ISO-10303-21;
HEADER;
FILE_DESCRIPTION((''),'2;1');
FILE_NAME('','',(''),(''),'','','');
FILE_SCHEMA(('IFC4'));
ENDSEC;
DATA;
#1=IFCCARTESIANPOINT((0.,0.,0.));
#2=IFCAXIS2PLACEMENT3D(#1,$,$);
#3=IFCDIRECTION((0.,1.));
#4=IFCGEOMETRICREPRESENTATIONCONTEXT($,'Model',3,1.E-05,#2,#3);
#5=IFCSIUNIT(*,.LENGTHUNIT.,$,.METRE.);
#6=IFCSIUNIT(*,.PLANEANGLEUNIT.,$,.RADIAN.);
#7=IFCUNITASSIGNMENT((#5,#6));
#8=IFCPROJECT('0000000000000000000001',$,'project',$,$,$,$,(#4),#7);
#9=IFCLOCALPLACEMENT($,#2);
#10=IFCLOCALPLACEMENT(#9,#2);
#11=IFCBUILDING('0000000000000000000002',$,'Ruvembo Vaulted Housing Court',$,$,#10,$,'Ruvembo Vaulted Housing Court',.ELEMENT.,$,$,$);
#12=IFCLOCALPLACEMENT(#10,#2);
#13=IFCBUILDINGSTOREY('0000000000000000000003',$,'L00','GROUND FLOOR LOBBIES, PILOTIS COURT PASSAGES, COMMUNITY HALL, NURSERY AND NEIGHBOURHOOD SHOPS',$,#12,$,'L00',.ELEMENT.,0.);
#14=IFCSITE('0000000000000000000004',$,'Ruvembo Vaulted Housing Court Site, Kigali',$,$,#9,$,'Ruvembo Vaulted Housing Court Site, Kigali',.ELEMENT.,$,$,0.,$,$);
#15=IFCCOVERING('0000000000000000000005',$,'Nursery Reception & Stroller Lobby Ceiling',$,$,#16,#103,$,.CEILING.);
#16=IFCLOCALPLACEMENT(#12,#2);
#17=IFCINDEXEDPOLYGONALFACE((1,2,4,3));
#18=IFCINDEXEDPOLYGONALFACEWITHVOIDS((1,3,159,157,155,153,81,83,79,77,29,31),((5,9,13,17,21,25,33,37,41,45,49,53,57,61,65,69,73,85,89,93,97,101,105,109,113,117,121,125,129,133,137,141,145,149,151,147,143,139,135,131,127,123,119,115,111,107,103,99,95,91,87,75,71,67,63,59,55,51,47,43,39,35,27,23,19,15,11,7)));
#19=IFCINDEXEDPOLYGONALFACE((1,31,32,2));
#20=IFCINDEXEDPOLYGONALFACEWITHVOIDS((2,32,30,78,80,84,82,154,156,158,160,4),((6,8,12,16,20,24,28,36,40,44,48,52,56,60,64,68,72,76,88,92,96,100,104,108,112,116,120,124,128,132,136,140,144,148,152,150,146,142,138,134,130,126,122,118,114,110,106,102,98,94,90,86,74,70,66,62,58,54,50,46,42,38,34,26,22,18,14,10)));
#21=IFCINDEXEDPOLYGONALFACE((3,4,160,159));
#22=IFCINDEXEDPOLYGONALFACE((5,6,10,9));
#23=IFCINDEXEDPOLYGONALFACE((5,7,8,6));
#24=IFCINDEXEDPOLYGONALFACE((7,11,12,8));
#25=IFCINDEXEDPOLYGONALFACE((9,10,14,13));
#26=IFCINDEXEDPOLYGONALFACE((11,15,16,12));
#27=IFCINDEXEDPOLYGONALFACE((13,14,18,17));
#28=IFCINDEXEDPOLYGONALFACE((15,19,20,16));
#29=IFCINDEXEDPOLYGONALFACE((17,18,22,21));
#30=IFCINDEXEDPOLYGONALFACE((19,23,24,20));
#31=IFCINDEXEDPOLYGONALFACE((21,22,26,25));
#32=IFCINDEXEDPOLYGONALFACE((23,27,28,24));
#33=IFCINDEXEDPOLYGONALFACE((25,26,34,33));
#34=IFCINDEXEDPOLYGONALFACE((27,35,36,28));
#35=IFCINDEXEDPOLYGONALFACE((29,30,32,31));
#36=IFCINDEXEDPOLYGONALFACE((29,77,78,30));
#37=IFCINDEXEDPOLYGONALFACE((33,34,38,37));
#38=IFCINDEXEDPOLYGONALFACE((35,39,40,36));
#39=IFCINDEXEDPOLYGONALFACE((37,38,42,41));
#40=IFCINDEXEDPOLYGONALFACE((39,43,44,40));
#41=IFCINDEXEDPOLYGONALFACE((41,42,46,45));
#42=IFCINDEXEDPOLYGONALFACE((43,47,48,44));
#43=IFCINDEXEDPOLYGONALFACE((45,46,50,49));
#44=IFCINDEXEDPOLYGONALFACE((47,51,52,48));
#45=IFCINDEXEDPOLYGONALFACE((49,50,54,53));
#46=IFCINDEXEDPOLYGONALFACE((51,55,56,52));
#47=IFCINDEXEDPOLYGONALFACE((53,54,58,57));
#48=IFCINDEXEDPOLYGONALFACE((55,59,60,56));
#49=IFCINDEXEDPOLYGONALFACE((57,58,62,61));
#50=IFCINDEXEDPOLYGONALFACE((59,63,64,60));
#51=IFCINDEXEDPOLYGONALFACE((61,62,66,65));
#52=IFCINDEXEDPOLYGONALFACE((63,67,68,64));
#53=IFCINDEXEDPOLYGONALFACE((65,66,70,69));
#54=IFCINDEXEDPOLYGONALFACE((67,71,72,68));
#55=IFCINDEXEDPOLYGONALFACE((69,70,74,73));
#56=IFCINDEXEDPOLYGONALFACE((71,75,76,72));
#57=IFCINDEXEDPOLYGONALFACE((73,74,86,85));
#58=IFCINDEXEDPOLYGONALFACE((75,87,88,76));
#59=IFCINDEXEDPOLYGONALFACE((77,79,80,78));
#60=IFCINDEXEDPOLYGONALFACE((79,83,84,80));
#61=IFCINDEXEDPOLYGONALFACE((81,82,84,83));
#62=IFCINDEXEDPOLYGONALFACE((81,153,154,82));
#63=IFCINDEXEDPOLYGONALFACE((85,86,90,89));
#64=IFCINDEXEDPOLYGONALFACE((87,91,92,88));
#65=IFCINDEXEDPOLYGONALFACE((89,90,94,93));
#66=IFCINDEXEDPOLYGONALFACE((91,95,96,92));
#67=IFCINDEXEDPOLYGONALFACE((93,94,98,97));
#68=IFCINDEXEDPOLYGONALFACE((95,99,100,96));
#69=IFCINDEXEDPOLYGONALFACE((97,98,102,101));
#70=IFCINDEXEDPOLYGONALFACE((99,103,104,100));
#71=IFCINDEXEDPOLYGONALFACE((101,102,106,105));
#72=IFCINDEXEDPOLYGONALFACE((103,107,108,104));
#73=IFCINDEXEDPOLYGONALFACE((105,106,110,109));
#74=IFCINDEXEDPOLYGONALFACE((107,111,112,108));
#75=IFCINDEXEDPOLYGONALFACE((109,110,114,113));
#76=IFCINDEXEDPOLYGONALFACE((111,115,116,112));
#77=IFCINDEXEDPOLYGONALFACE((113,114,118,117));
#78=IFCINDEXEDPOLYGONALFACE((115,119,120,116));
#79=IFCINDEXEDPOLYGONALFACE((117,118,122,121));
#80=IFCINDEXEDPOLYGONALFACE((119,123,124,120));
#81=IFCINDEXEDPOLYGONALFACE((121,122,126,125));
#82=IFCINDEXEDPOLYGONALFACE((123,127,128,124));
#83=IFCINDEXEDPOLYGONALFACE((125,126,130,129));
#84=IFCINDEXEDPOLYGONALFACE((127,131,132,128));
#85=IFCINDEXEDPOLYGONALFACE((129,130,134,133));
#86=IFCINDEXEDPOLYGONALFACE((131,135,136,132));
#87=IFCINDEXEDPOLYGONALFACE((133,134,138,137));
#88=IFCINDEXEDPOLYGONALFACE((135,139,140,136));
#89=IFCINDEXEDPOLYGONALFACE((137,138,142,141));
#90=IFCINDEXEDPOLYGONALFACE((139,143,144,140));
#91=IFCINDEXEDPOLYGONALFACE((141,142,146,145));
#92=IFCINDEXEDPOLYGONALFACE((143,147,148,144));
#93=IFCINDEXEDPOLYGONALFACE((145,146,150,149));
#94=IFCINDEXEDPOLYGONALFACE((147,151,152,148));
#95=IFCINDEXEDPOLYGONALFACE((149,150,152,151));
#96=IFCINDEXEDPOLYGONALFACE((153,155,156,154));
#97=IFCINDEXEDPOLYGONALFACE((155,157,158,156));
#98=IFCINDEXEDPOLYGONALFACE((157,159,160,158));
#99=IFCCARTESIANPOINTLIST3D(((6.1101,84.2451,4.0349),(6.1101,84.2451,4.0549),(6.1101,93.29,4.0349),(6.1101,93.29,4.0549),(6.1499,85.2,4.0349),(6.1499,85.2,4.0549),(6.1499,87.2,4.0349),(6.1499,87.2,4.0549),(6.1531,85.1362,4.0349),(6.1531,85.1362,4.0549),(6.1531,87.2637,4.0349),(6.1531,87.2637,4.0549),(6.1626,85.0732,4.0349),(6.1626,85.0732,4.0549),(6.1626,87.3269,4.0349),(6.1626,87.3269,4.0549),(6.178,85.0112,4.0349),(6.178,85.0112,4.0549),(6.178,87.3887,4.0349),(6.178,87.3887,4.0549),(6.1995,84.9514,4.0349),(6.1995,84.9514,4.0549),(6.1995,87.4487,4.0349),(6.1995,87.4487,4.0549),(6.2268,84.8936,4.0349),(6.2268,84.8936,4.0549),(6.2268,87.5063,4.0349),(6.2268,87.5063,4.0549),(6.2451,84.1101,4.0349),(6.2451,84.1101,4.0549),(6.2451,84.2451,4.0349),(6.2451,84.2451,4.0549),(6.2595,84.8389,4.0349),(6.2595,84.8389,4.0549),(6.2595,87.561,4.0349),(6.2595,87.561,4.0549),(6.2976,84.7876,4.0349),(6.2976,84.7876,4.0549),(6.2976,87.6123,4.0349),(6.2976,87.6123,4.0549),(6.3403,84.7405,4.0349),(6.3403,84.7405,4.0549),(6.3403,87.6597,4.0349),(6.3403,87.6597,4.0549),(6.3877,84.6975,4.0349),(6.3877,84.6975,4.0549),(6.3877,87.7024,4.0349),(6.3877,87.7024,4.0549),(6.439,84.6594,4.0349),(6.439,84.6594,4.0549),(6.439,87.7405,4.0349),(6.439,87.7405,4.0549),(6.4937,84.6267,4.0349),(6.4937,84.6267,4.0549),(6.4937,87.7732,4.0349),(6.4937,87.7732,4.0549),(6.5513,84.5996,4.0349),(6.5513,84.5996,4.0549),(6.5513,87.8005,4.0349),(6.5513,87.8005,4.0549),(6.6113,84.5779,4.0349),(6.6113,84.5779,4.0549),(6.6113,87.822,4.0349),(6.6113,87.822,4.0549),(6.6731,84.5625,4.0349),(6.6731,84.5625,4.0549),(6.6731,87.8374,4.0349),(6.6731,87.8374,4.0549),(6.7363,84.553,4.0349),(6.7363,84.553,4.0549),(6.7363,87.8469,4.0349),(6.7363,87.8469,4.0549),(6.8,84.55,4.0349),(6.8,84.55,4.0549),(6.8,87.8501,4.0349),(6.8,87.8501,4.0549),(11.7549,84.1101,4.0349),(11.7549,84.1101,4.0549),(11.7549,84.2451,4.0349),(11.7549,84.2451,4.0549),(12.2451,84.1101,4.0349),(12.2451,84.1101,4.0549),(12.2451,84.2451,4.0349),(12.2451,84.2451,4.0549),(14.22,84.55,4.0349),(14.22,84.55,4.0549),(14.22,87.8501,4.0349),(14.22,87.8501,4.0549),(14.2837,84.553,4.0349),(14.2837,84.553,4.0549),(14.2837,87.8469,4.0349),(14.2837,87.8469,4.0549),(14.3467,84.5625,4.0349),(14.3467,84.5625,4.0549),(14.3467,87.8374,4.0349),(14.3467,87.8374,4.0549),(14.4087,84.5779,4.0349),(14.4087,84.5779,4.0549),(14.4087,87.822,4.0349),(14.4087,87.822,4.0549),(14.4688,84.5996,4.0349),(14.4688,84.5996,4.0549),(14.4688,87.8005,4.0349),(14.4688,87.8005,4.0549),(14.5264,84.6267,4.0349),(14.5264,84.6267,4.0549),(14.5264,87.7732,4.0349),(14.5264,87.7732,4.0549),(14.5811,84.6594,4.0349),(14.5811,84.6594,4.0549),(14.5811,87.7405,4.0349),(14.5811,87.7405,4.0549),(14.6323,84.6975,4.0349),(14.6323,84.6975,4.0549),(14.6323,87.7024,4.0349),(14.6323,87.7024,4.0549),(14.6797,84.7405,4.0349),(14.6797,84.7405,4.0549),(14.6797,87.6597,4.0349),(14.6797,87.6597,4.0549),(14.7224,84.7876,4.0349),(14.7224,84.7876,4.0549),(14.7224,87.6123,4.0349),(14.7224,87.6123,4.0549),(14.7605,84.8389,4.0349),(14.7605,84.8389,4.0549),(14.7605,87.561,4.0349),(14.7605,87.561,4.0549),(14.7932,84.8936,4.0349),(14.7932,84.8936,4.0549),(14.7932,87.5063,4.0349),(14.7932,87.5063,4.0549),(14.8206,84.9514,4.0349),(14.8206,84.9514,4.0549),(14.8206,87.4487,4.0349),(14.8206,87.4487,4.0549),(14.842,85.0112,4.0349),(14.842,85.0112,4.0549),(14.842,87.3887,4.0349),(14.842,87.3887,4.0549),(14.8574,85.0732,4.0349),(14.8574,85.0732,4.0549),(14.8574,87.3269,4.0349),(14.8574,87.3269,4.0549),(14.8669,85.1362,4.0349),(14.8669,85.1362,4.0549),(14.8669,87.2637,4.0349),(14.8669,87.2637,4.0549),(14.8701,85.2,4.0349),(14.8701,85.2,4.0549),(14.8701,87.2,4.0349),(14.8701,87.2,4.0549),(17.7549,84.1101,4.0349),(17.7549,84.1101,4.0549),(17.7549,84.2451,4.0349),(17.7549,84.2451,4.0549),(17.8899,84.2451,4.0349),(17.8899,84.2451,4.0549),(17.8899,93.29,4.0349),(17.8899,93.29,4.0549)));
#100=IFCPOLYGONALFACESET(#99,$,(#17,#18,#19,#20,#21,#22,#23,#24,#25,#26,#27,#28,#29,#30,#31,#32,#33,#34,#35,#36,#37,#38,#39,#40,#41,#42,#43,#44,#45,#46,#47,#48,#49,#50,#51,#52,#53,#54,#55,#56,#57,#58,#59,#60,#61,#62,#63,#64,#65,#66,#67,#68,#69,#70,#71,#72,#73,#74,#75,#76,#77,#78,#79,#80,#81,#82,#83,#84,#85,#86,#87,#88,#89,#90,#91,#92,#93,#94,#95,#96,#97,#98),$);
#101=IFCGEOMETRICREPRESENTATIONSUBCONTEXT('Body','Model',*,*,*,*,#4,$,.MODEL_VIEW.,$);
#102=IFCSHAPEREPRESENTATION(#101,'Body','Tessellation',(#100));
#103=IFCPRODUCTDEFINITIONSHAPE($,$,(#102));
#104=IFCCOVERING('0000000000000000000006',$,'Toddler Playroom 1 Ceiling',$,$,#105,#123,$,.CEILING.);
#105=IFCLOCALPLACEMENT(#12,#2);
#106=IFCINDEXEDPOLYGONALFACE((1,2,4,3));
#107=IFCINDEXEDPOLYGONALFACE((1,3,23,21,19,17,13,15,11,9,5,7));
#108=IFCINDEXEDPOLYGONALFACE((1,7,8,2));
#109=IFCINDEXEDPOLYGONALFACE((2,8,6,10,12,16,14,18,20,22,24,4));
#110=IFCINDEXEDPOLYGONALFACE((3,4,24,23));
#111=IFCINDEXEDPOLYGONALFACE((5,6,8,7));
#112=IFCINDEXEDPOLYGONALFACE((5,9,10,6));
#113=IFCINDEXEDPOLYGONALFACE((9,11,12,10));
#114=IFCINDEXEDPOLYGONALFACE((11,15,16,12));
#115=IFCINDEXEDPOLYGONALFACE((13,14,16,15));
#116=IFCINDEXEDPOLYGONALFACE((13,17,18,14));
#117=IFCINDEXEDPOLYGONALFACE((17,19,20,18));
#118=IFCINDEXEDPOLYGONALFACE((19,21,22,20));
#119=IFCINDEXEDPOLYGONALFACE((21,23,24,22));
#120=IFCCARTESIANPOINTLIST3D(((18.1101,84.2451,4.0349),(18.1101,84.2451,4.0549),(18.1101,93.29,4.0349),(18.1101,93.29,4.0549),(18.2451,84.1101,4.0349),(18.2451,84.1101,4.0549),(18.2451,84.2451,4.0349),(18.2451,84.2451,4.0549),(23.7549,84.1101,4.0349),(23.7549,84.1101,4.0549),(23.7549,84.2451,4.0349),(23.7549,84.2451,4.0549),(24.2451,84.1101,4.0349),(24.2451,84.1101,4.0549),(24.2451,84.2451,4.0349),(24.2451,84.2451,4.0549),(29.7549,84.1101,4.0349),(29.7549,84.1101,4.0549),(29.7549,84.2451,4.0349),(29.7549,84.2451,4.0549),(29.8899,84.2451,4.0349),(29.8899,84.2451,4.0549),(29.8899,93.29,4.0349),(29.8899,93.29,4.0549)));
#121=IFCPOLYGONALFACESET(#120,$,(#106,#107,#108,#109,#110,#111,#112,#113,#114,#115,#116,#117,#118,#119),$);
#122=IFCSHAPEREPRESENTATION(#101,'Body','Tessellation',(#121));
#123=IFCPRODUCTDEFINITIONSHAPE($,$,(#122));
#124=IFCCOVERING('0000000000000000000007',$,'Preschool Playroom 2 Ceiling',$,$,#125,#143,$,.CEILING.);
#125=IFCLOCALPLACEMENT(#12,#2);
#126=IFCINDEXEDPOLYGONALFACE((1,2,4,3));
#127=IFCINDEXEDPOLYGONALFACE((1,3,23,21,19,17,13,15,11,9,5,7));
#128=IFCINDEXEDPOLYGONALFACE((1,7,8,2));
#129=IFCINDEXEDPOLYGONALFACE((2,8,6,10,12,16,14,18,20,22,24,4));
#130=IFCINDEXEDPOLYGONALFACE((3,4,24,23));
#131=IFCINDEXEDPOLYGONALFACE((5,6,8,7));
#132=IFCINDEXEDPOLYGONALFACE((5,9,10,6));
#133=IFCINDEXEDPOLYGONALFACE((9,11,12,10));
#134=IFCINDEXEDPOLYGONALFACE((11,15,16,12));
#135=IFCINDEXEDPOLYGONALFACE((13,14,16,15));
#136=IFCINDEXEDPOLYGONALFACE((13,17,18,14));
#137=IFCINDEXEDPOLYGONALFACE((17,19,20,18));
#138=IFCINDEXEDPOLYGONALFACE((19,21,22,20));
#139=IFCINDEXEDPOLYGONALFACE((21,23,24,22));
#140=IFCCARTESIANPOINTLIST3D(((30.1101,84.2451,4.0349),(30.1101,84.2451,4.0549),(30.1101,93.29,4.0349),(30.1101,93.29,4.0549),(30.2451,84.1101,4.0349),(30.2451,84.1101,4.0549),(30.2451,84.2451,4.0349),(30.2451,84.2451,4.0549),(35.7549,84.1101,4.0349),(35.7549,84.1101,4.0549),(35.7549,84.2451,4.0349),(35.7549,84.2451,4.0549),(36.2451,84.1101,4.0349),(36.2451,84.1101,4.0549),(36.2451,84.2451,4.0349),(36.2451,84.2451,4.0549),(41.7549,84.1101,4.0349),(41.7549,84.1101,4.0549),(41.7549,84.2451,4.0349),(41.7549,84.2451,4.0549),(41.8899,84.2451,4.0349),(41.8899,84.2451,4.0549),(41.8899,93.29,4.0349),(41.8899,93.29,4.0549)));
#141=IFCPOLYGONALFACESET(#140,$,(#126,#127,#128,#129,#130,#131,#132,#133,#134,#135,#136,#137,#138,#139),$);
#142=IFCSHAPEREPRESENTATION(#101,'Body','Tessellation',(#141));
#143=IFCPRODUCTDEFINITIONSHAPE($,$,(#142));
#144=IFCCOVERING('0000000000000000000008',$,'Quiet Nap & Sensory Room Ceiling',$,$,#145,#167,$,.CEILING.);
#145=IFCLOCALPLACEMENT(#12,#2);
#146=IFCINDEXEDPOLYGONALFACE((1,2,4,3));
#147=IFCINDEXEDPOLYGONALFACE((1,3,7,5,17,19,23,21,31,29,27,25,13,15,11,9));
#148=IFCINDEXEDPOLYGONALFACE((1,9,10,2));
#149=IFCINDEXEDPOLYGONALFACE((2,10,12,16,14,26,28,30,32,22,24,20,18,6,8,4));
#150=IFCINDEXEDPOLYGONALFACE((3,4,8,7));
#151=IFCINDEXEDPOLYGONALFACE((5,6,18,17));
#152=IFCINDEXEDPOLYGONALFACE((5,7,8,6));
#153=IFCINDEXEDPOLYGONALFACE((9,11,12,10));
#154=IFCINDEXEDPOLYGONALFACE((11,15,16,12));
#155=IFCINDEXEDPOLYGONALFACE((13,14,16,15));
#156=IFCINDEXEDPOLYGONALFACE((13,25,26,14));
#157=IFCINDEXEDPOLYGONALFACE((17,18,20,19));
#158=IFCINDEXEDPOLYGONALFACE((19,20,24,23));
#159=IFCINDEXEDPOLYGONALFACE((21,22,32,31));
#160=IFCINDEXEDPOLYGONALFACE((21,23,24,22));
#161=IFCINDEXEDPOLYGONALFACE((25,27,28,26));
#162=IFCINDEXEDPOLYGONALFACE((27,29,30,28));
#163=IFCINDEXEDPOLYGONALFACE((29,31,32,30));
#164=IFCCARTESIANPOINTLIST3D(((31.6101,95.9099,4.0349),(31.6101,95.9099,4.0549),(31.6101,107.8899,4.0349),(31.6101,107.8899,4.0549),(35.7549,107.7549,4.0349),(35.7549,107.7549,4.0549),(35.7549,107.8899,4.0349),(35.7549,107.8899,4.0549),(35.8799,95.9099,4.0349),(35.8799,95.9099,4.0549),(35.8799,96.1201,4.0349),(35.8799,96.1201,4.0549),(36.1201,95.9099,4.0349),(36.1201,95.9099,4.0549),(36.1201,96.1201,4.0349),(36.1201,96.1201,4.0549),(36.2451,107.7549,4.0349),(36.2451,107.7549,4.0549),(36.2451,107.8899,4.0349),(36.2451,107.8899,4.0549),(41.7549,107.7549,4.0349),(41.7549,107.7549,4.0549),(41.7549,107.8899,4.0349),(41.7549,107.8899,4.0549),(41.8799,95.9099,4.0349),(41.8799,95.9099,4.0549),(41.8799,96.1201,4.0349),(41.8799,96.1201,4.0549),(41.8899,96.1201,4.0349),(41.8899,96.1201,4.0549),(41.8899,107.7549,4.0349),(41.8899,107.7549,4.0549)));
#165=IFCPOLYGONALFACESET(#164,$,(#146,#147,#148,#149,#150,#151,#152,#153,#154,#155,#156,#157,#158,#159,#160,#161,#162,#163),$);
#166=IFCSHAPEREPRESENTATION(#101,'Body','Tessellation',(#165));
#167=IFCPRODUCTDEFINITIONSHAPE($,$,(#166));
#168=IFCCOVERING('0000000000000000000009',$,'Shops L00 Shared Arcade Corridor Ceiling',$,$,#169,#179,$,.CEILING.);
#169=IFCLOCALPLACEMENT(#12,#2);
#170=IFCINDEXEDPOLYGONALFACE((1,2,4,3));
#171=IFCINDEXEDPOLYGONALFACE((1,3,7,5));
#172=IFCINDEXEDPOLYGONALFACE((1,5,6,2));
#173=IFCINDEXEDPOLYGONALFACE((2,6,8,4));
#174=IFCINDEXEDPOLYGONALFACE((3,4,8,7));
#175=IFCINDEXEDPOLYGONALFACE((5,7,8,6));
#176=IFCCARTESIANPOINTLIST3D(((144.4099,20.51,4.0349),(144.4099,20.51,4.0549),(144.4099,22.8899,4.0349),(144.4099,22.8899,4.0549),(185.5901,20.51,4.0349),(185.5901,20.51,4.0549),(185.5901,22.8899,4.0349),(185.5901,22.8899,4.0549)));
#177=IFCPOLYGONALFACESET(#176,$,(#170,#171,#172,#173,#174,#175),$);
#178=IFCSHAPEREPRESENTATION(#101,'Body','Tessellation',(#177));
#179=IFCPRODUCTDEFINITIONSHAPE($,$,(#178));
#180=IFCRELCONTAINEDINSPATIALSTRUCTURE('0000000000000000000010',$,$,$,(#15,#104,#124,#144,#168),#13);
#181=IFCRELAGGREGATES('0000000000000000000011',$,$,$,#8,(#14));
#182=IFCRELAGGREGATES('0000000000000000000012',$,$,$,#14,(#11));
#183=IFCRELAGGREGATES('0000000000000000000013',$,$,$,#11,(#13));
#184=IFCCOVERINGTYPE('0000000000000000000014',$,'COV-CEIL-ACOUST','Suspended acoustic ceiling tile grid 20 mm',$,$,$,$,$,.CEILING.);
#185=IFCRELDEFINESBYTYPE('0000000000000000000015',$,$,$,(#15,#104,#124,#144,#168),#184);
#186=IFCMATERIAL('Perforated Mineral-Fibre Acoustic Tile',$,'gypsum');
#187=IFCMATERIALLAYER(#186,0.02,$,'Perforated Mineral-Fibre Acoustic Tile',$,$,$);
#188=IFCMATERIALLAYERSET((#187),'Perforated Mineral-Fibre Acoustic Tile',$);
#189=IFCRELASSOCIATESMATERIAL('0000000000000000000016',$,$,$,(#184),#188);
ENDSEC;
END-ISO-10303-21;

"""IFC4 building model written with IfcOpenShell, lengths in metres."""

from ifc_helpers import new_model, si_unit, direction, frame, origin, place, context, subcontext, project, spatial, polyline, outline, extrude, material, layer, layer_set, type_object, element, save


model = new_model("IFC4")

# Units and contexts
model_context = context("Model", 3, precision=1e-05, world=origin(), true_north=direction((0.0, 1.0)))
body_context = subcontext(model_context, "Body", "Model", "MODEL_VIEW")
ifc_project = project(units=[si_unit("LENGTHUNIT", "METRE"), si_unit("PLANEANGLEUNIT", "RADIAN")], contexts=[model_context])

# Site, building, storey
site_placement = place(None, origin())
site = spatial("IfcSite", under=ifc_project, at=site_placement, Name="Ruvembo Vaulted Housing Court Site, Kigali", LongName="Ruvembo Vaulted Housing Court Site, Kigali", CompositionType="ELEMENT", RefElevation=0.0)
building_placement = place(site_placement, origin())
building = spatial("IfcBuilding", under=site, at=building_placement, Name="Ruvembo Vaulted Housing Court", LongName="Ruvembo Vaulted Housing Court", CompositionType="ELEMENT")
storey_placement = place(building_placement, origin())
storey = spatial("IfcBuildingStorey", under=building, at=storey_placement, Name="L00", Description="GROUND FLOOR LOBBIES, PILOTIS COURT PASSAGES, COMMUNITY HALL, NURSERY AND NEIGHBOURHOOD SHOPS", LongName="L00", CompositionType="ELEMENT", Elevation=0.0)

# Coverings
ifc_material_1 = material(Name="Perforated Mineral-Fibre Acoustic Tile", Category="gypsum")
ifc_layer_1 = layer(ifc_material_1, 0.02, Name="Perforated Mineral-Fibre Acoustic Tile")
ifc_layer_set_1 = layer_set([ifc_layer_1], Name="Perforated Mineral-Fibre Acoustic Tile")
covering_type_1 = type_object("IfcCoveringType", Name="COV-CEIL-ACOUST", Description="Suspended acoustic ceiling tile grid 20 mm", PredefinedType="CEILING", material=ifc_layer_set_1)
covering_1_placement = place(storey_placement, frame((0.0, 0.0, 4.0349)))
element("IfcCovering", 1, at=covering_1_placement, inside=storey, type_object=covering_type_1, Name="Nursery Reception & Stroller Lobby Ceiling", PredefinedType="CEILING", context=body_context, shape_type="SweptSolid", body=[
    extrude(outline(polyline([(17.8899, 84.2451), (17.8899, 93.29), (6.1101, 93.29), (6.1101, 84.2451), (6.2451, 84.2451), (6.2451, 84.1101), (11.7549, 84.1101), (11.7549, 84.2451), (12.2451, 84.2451), (12.2451, 84.1101), (17.7549, 84.1101), (17.7549, 84.2451), (17.8899, 84.2451)]), holes=[polyline([(14.3467, 84.5625), (14.4087, 84.5779), (14.4688, 84.5996), (14.5264, 84.6267), (14.5811, 84.6594), (14.6323, 84.6975), (14.6797, 84.7405), (14.7224, 84.7876), (14.7605, 84.8389), (14.7932, 84.8936), (14.8206, 84.9514), (14.842, 85.0112), (14.8574, 85.0732), (14.8669, 85.1362), (14.8701, 85.2), (14.8701, 87.2), (14.8669, 87.2637), (14.8574, 87.3269), (14.842, 87.3887), (14.8206, 87.4487), (14.7932, 87.5063), (14.7605, 87.561), (14.7224, 87.6123), (14.6797, 87.6597), (14.6323, 87.7024), (14.5811, 87.7405), (14.5264, 87.7732), (14.4688, 87.8005), (14.4087, 87.822), (14.3467, 87.8374), (14.2837, 87.8469), (14.22, 87.8501), (6.8, 87.8501), (6.7363, 87.8469), (6.6731, 87.8374), (6.6113, 87.822), (6.5513, 87.8005), (6.4937, 87.7732), (6.439, 87.7405), (6.3877, 87.7024), (6.3403, 87.6597), (6.2976, 87.6123), (6.2595, 87.561), (6.2268, 87.5063), (6.1995, 87.4487), (6.178, 87.3887), (6.1626, 87.3269), (6.1531, 87.2637), (6.1499, 87.2), (6.1499, 85.2), (6.1531, 85.1362), (6.1626, 85.0732), (6.178, 85.0112), (6.1995, 84.9514), (6.2268, 84.8936), (6.2595, 84.8389), (6.2976, 84.7876), (6.3403, 84.7405), (6.3877, 84.6975), (6.439, 84.6594), (6.4937, 84.6267), (6.5513, 84.5996), (6.6113, 84.5779), (6.6731, 84.5625), (6.7363, 84.553), (6.8, 84.55), (14.22, 84.55), (14.2837, 84.553), (14.3467, 84.5625)])]), origin(), (0.0, 0.0, 1.0), 0.02),
])
covering_2_placement = place(storey_placement, frame((0.0, 0.0, 4.0349)))
element("IfcCovering", 2, at=covering_2_placement, inside=storey, type_object=covering_type_1, Name="Toddler Playroom 1 Ceiling", PredefinedType="CEILING", context=body_context, shape_type="SweptSolid", body=[
    extrude(outline(polyline([(29.8899, 84.2451), (29.8899, 93.29), (18.1101, 93.29), (18.1101, 84.2451), (18.2451, 84.2451), (18.2451, 84.1101), (23.7549, 84.1101), (23.7549, 84.2451), (24.2451, 84.2451), (24.2451, 84.1101), (29.7549, 84.1101), (29.7549, 84.2451), (29.8899, 84.2451)])), origin(), (0.0, 0.0, 1.0), 0.02),
])
covering_3_placement = place(storey_placement, frame((0.0, 0.0, 4.0349)))
element("IfcCovering", 3, at=covering_3_placement, inside=storey, type_object=covering_type_1, Name="Preschool Playroom 2 Ceiling", PredefinedType="CEILING", context=body_context, shape_type="SweptSolid", body=[
    extrude(outline(polyline([(41.8899, 84.2451), (41.8899, 93.29), (30.1101, 93.29), (30.1101, 84.2451), (30.2451, 84.2451), (30.2451, 84.1101), (35.7549, 84.1101), (35.7549, 84.2451), (36.2451, 84.2451), (36.2451, 84.1101), (41.7549, 84.1101), (41.7549, 84.2451), (41.8899, 84.2451)])), origin(), (0.0, 0.0, 1.0), 0.02),
])
covering_4_placement = place(storey_placement, frame((0.0, 0.0, 4.0349)))
element("IfcCovering", 4, at=covering_4_placement, inside=storey, type_object=covering_type_1, Name="Quiet Nap & Sensory Room Ceiling", PredefinedType="CEILING", context=body_context, shape_type="SweptSolid", body=[
    extrude(outline(polyline([(35.7549, 107.7549), (35.7549, 107.8899), (31.6101, 107.8899), (31.6101, 95.9099), (35.8799, 95.9099), (35.8799, 96.1201), (36.1201, 96.1201), (36.1201, 95.9099), (41.8799, 95.9099), (41.8799, 96.1201), (41.8899, 96.1201), (41.8899, 107.7549), (41.7549, 107.7549), (41.7549, 107.8899), (36.2451, 107.8899), (36.2451, 107.7549), (35.7549, 107.7549)])), origin(), (0.0, 0.0, 1.0), 0.02),
])
covering_5_placement = place(storey_placement, frame((0.0, 0.0, 4.0349)))
element("IfcCovering", 5, at=covering_5_placement, inside=storey, type_object=covering_type_1, Name="Shops L00 Shared Arcade Corridor Ceiling", PredefinedType="CEILING", context=body_context, shape_type="SweptSolid", body=[
    extrude(outline(polyline([(144.4099, 22.8899), (144.4099, 20.51), (185.5901, 20.51), (185.5901, 22.8899), (144.4099, 22.8899)])), origin(), (0.0, 0.0, 1.0), 0.02),
])

save(model, "model.ifc")
